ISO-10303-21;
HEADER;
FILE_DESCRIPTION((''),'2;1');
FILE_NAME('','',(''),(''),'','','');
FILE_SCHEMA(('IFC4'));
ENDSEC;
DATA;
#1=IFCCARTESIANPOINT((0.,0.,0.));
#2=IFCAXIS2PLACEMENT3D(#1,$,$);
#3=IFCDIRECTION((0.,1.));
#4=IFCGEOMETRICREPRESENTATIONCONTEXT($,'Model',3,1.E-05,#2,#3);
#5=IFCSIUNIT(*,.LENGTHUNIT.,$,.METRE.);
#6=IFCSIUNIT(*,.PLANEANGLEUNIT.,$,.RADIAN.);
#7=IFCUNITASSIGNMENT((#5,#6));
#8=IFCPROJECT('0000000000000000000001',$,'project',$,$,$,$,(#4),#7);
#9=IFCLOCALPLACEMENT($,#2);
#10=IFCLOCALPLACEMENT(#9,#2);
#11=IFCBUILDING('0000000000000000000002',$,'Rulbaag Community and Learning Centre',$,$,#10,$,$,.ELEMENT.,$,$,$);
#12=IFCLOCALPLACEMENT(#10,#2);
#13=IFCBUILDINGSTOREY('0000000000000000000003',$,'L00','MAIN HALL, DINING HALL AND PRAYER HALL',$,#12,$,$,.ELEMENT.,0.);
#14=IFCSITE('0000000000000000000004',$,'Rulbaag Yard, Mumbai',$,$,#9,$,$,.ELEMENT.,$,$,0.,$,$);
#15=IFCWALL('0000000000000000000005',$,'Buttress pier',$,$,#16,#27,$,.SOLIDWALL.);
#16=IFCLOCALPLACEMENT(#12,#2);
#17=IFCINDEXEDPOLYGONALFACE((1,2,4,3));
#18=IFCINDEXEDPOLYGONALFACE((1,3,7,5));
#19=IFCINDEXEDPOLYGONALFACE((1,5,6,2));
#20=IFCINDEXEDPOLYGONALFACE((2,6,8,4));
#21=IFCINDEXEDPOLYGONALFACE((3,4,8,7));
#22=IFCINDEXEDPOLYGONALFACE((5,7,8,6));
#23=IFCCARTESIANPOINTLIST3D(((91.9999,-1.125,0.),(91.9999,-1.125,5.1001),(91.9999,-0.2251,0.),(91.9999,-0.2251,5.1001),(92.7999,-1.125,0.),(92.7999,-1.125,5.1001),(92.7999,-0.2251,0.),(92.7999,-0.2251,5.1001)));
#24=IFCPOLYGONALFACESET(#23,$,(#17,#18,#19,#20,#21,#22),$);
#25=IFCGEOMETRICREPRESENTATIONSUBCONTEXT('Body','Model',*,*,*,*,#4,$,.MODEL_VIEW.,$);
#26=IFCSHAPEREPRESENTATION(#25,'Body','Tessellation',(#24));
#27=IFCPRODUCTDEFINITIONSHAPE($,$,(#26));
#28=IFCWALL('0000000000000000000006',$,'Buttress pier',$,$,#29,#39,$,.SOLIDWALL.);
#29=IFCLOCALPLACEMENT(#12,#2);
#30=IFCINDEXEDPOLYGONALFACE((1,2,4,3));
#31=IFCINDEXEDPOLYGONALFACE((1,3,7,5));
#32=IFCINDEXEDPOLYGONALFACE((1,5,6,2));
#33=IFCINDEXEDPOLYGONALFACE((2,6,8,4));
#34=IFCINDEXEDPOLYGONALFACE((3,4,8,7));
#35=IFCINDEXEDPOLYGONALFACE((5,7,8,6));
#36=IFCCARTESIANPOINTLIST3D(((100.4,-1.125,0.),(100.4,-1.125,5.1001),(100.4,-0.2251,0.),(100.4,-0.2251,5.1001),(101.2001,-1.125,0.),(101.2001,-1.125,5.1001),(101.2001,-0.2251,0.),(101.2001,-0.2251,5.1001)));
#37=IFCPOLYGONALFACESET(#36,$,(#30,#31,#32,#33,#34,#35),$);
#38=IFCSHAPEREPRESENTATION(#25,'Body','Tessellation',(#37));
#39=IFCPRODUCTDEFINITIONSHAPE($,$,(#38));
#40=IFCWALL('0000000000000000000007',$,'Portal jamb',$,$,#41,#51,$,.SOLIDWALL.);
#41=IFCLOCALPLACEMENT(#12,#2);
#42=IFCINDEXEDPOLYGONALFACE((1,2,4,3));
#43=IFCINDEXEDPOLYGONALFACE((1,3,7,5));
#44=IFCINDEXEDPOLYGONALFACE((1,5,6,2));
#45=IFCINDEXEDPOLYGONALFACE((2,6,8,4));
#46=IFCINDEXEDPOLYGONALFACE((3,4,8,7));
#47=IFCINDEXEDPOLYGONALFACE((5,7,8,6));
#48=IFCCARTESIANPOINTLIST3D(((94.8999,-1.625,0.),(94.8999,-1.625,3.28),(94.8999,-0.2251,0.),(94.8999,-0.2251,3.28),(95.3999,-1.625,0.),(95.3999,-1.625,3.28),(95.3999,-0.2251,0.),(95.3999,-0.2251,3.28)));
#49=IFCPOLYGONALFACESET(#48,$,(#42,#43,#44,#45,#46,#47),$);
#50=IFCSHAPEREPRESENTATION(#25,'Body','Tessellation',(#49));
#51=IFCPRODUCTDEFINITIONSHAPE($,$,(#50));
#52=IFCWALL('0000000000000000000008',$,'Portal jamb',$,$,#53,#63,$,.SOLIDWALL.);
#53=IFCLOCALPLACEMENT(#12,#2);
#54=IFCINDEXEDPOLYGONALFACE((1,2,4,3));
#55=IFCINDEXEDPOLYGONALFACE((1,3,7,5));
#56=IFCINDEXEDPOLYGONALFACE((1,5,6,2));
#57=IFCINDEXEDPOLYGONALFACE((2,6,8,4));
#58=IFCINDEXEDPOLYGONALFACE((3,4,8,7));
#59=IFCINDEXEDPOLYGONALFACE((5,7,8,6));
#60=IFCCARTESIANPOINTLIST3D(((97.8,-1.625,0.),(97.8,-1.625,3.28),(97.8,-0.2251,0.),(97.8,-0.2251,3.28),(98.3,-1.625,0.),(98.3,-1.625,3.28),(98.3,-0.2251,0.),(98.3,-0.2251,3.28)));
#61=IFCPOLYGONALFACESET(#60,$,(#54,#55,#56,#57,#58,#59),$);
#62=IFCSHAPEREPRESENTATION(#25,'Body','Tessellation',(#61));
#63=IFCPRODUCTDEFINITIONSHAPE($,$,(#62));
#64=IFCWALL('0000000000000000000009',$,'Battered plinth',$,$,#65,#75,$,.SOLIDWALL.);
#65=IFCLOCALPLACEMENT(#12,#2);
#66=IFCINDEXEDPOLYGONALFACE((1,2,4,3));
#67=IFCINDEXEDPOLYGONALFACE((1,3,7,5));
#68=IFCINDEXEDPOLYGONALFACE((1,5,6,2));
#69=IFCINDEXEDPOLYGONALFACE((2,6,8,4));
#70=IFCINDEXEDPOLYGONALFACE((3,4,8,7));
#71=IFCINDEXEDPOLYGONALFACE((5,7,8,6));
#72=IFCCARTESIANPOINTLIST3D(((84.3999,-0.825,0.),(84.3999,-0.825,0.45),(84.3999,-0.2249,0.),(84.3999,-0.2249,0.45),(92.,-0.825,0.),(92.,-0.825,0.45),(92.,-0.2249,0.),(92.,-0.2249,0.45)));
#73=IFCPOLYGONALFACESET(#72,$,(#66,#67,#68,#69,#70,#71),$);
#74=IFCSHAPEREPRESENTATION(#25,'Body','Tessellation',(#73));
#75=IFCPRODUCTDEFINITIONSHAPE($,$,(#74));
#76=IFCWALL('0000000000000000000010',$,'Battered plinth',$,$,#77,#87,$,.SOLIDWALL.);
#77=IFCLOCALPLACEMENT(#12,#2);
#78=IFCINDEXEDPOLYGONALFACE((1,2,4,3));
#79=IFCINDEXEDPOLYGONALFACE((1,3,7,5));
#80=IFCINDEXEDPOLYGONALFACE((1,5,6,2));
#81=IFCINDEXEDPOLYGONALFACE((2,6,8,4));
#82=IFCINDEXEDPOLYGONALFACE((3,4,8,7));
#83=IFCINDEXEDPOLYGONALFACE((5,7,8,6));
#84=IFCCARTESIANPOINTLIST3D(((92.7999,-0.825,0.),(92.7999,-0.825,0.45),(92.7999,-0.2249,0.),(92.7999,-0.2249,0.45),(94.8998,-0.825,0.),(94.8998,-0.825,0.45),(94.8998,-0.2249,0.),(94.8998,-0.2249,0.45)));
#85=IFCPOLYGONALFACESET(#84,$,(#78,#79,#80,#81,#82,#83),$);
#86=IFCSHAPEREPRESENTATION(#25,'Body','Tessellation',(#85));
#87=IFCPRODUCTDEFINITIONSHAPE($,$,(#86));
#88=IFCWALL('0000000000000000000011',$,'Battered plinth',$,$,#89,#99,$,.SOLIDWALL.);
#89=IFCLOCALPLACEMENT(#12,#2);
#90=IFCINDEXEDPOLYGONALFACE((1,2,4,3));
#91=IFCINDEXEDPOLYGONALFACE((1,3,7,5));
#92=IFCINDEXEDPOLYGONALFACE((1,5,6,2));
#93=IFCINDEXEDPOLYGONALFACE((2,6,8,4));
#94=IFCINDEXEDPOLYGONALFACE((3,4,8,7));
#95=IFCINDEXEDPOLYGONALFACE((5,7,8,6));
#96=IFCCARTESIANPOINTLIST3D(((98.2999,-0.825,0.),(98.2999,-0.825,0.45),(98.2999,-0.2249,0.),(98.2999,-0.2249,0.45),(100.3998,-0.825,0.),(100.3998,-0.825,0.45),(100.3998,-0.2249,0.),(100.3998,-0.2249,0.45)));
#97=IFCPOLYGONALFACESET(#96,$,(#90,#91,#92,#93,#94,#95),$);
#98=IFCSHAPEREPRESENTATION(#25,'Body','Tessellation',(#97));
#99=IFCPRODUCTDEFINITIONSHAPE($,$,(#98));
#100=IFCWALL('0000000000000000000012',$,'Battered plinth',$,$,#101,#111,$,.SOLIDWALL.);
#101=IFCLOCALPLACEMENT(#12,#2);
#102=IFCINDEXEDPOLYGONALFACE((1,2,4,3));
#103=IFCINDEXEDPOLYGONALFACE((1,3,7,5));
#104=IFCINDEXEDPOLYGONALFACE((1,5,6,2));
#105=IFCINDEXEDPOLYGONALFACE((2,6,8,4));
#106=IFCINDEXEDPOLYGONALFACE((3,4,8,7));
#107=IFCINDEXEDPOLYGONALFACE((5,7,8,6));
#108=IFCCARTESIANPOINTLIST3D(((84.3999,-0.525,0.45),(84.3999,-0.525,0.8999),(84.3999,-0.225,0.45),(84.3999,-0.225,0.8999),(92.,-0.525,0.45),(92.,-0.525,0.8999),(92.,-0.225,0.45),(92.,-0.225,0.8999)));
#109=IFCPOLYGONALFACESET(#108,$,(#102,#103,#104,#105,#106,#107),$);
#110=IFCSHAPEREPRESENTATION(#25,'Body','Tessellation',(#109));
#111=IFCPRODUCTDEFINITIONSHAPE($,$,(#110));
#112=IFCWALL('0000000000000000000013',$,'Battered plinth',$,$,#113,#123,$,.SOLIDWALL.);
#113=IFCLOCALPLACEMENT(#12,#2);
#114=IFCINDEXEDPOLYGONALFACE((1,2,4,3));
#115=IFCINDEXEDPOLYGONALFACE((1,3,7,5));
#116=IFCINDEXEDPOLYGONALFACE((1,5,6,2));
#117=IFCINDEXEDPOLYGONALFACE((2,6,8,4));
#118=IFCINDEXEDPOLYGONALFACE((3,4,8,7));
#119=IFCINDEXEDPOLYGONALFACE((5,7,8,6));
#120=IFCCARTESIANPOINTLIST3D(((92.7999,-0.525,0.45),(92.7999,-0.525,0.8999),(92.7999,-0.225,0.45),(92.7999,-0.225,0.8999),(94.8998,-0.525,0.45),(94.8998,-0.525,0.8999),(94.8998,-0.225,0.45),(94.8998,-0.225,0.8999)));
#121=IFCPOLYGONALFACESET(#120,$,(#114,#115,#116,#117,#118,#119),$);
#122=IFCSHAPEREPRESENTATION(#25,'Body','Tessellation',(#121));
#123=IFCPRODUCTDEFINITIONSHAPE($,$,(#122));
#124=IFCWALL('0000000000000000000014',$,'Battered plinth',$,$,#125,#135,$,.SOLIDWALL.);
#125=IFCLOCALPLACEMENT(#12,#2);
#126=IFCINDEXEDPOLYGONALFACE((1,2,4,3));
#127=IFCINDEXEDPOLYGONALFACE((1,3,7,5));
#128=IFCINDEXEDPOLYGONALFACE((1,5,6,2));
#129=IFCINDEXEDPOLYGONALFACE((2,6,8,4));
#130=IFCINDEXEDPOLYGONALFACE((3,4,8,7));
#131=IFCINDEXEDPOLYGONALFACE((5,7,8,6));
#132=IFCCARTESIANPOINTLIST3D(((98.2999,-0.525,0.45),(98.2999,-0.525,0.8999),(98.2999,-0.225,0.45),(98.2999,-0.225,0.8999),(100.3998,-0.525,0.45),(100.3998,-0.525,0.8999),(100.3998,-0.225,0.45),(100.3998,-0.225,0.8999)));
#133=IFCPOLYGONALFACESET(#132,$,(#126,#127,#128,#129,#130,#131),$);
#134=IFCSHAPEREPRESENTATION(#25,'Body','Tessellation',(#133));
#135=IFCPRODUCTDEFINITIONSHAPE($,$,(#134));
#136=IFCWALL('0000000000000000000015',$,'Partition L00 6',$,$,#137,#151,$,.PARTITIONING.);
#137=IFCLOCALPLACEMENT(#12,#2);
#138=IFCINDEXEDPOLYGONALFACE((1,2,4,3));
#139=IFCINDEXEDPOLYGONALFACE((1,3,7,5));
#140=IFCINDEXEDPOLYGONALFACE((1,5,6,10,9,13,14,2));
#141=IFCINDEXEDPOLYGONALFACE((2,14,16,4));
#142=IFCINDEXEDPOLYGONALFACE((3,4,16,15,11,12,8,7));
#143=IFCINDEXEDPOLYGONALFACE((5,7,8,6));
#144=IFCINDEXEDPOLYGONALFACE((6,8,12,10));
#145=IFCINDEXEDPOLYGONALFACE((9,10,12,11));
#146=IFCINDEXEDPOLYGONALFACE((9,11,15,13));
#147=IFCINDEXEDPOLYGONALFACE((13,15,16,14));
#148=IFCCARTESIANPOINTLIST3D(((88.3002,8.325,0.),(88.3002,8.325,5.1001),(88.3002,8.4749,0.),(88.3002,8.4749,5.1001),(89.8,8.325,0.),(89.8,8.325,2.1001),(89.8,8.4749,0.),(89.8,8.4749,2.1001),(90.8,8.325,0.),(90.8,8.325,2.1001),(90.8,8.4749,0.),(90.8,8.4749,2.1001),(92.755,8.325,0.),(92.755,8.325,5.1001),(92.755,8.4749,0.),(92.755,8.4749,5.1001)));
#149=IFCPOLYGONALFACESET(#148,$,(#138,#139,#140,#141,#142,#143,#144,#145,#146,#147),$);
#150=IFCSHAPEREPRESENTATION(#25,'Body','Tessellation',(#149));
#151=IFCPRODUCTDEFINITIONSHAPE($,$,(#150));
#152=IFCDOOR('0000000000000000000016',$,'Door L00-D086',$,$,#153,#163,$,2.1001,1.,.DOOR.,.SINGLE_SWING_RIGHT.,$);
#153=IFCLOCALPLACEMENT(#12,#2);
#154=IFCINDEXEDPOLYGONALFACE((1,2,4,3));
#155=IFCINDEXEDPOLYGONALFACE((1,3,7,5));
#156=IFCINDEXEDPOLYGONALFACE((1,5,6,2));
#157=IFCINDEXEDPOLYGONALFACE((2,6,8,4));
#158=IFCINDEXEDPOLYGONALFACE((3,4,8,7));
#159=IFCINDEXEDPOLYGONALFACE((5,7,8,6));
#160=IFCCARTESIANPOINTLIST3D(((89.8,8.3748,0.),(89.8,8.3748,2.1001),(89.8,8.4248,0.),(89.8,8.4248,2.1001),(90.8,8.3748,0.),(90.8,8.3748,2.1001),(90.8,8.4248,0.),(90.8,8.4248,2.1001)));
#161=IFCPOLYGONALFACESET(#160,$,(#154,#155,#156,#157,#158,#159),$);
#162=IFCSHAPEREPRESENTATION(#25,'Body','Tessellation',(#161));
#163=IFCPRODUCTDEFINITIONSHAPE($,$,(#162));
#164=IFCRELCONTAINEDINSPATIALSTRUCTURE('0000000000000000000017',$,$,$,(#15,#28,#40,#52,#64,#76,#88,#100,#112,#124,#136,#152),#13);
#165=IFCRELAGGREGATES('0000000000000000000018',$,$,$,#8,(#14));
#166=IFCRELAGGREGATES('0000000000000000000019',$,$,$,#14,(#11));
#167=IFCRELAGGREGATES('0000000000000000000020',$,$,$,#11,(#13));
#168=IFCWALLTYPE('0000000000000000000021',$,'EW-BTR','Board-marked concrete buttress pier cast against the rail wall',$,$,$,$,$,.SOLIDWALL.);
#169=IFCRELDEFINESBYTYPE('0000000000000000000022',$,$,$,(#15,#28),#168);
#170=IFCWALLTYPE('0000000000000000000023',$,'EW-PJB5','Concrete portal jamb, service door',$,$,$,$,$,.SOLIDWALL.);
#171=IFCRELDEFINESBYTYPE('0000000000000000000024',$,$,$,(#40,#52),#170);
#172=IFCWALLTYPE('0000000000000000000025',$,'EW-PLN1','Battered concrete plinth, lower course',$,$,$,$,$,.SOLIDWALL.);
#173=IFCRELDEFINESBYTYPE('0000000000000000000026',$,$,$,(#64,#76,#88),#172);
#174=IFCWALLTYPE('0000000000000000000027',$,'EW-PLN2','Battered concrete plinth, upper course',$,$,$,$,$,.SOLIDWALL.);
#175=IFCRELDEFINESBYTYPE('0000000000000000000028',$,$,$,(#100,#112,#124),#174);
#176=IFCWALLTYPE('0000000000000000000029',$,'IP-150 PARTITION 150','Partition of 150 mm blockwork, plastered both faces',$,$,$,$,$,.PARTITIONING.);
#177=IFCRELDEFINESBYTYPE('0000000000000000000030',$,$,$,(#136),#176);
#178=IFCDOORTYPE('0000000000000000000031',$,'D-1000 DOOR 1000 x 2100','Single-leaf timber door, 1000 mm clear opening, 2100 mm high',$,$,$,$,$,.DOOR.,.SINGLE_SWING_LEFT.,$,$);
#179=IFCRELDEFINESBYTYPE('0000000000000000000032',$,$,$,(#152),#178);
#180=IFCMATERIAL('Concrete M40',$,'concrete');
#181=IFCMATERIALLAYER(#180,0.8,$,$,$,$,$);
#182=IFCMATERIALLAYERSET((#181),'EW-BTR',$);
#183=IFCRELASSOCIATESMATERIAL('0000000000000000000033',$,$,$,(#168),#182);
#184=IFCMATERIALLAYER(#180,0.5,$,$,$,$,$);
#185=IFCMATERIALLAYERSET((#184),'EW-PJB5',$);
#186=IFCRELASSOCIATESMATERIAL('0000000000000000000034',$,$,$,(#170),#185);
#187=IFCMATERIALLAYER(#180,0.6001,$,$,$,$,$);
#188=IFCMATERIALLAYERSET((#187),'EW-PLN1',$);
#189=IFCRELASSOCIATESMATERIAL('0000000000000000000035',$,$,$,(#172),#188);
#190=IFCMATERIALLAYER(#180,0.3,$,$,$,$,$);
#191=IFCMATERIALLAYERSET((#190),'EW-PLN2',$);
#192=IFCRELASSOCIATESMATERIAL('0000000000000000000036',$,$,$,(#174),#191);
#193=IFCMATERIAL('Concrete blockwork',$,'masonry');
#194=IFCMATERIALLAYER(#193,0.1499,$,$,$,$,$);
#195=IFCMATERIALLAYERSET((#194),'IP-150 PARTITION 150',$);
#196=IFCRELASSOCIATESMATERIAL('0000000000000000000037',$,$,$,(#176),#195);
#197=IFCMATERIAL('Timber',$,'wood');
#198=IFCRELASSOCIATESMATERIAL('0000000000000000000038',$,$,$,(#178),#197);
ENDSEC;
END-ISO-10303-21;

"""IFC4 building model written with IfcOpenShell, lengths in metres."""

from ifc_helpers import new_model, si_unit, direction, frame, frame_2d, origin, place, context, subcontext, project, spatial, rectangle, extrude, material, layer, layer_set, type_object, element, fill, save


model = new_model("IFC4")

# Units and contexts
model_context = context("Model", 3, precision=1e-05, world=origin(), true_north=direction((0.0, 1.0)))
body_context = subcontext(model_context, "Body", "Model", "MODEL_VIEW")
ifc_project = project(units=[si_unit("LENGTHUNIT", "METRE"), si_unit("PLANEANGLEUNIT", "RADIAN")], contexts=[model_context])

# Site, building, storey
site_placement = place(None, origin())
site = spatial("IfcSite", under=ifc_project, at=site_placement, Name="Rulbaag Yard, Mumbai", CompositionType="ELEMENT", RefElevation=0.0)
building_placement = place(site_placement, origin())
building = spatial("IfcBuilding", under=site, at=building_placement, Name="Rulbaag Community and Learning Centre", CompositionType="ELEMENT")
storey_placement = place(building_placement, origin())
storey = spatial("IfcBuildingStorey", under=building, at=storey_placement, Name="L00", Description="MAIN HALL, DINING HALL AND PRAYER HALL", CompositionType="ELEMENT", Elevation=0.0)

# Shared definitions
ifc_material_1 = material(Name="Concrete M40", Category="concrete")

# Walls
ifc_layer_1 = layer(ifc_material_1, 0.8)
ifc_layer_set_1 = layer_set([ifc_layer_1], Name="EW-BTR")
wall_type_1 = type_object("IfcWallType", Name="EW-BTR", Description="Board-marked concrete buttress pier cast against the rail wall", PredefinedType="SOLIDWALL", material=ifc_layer_set_1)
for number, where, z_axis, x_axis, name in (
    (1, (92.3999, -0.2251, 0.0), (0.0, 0.0, 1.0), (0.0, -1.0, 0.0), "Buttress pier"),
    (2, (100.8, -0.2251, 0.0), (0.0, 0.0, 1.0), (0.0, -1.0, 0.0), "Buttress pier"),
):
    element("IfcWall", number, at=place(storey_placement, frame(where, z_axis=z_axis, x_axis=x_axis)), inside=storey, type_object=wall_type_1, Name=name, PredefinedType="SOLIDWALL", context=body_context, shape_type="SweptSolid", body=[
        extrude(rectangle(XDim=0.8999, YDim=0.8, at=frame_2d((0.45, 0.0))), origin(), (0.0, 0.0, 1.0), 5.1001),
    ])
ifc_layer_2 = layer(ifc_material_1, 0.5)
ifc_layer_set_2 = layer_set([ifc_layer_2], Name="EW-PJB5")
wall_type_2 = type_object("IfcWallType", Name="EW-PJB5", Description="Concrete portal jamb, service door", PredefinedType="SOLIDWALL", material=ifc_layer_set_2)
for number, where, z_axis, x_axis, name in (
    (3, (95.1499, -0.2251, 0.0), (0.0, 0.0, 1.0), (0.0, -1.0, 0.0), "Portal jamb"),
    (4, (98.05, -0.2251, 0.0), (0.0, 0.0, 1.0), (0.0, -1.0, 0.0), "Portal jamb"),
):
    element("IfcWall", number, at=place(storey_placement, frame(where, z_axis=z_axis, x_axis=x_axis)), inside=storey, type_object=wall_type_2, Name=name, PredefinedType="SOLIDWALL", context=body_context, shape_type="SweptSolid", body=[
        extrude(rectangle(XDim=1.3999, YDim=0.5, at=frame_2d((0.7, 0.0))), origin(), (0.0, 0.0, 1.0), 3.28),
    ])
ifc_layer_3 = layer(ifc_material_1, 0.6001)
ifc_layer_set_3 = layer_set([ifc_layer_3], Name="EW-PLN1")
wall_type_3 = type_object("IfcWallType", Name="EW-PLN1", Description="Battered concrete plinth, lower course", PredefinedType="SOLIDWALL", material=ifc_layer_set_3)
wall_1_placement = place(storey_placement, frame((84.3999, -0.5249, 0.0), z_axis=(0.0, 0.0, 1.0), x_axis=(1.0, 0.0, 0.0)))
element("IfcWall", 5, at=wall_1_placement, inside=storey, type_object=wall_type_3, Name="Battered plinth", PredefinedType="SOLIDWALL", context=body_context, shape_type="SweptSolid", body=[
    extrude(rectangle(XDim=7.6001, YDim=0.6001, at=frame_2d((3.8, 0.0))), origin(), (0.0, 0.0, 1.0), 0.45),
])
for number, where, z_axis, x_axis, name in (
    (6, (92.8, -0.5249, 0.0), (0.0, 0.0, 1.0), (1.0, 0.0, 0.0), "Battered plinth"),
    (7, (98.3, -0.5249, 0.0), (0.0, 0.0, 1.0), (1.0, 0.0, 0.0), "Battered plinth"),
):
    element("IfcWall", number, at=place(storey_placement, frame(where, z_axis=z_axis, x_axis=x_axis)), inside=storey, type_object=wall_type_3, Name=name, PredefinedType="SOLIDWALL", context=body_context, shape_type="SweptSolid", body=[
        extrude(rectangle(XDim=2.0999, YDim=0.6001, at=frame_2d((1.0498, 0.0))), origin(), (0.0, 0.0, 1.0), 0.45),
    ])
ifc_layer_4 = layer(ifc_material_1, 0.3)
ifc_layer_set_4 = layer_set([ifc_layer_4], Name="EW-PLN2")
wall_type_4 = type_object("IfcWallType", Name="EW-PLN2", Description="Battered concrete plinth, upper course", PredefinedType="SOLIDWALL", material=ifc_layer_set_4)
wall_2_placement = place(storey_placement, frame((84.3999, -0.375, 0.45), z_axis=(0.0, 0.0, 1.0), x_axis=(1.0, 0.0, 0.0)))
element("IfcWall", 8, at=wall_2_placement, inside=storey, type_object=wall_type_4, Name="Battered plinth", PredefinedType="SOLIDWALL", context=body_context, shape_type="SweptSolid", body=[
    extrude(rectangle(XDim=7.6001, YDim=0.3, at=frame_2d((3.8, 0.0))), origin(), (0.0, 0.0, 1.0), 0.45),
])
for number, where, z_axis, x_axis, name in (
    (9, (92.8, -0.375, 0.45), (0.0, 0.0, 1.0), (1.0, 0.0, 0.0), "Battered plinth"),
    (10, (98.3, -0.375, 0.45), (0.0, 0.0, 1.0), (1.0, 0.0, 0.0), "Battered plinth"),
):
    element("IfcWall", number, at=place(storey_placement, frame(where, z_axis=z_axis, x_axis=x_axis)), inside=storey, type_object=wall_type_4, Name=name, PredefinedType="SOLIDWALL", context=body_context, shape_type="SweptSolid", body=[
        extrude(rectangle(XDim=2.0999, YDim=0.3, at=frame_2d((1.0498, 0.0))), origin(), (0.0, 0.0, 1.0), 0.45),
    ])

# Wall, opening, door
ifc_material_2 = material(Name="Concrete blockwork", Category="masonry")
ifc_layer_5 = layer(ifc_material_2, 0.1499)
ifc_layer_set_5 = layer_set([ifc_layer_5], Name="IP-150 PARTITION 150")
wall_type_5 = type_object("IfcWallType", Name="IP-150 PARTITION 150", Description="Partition of 150 mm blockwork, plastered both faces", PredefinedType="PARTITIONING", material=ifc_layer_set_5)
wall_3_placement = place(storey_placement, frame((88.3, 8.3999, 0.0), z_axis=(0.0, 0.0, 1.0), x_axis=(1.0, 0.0, 0.0)))
wall_3 = element("IfcWall", 11, at=wall_3_placement, inside=storey, type_object=wall_type_5, Name="Partition L00 6", PredefinedType="PARTITIONING", context=body_context, shape_type="SweptSolid", body=[
    extrude(rectangle(XDim=4.4548, YDim=0.1499, at=frame_2d((2.2275, 0.0))), origin(), (0.0, 0.0, 1.0), 5.1001),
])
opening_1_placement = place(wall_3_placement, frame((1.5, 0.0, 0.0)))
opening_1 = element("IfcOpeningElement", 12, at=opening_1_placement, cuts=wall_3, PredefinedType="OPENING", context=body_context, shape_type="SweptSolid", body=[
    extrude(rectangle(XDim=1.0, YDim=2.1001, at=frame_2d((0.5, 1.05))), frame((0.0, 0.085, 0.0), z_axis=(0.0, -1.0, 0.0), x_axis=(1.0, 0.0, 0.0)), (0.0, 0.0, 1.0), 0.1699),
])
ifc_material_3 = material(Name="Timber", Category="wood")
door_type_1 = type_object("IfcDoorType", Name="D-1000 DOOR 1000 x 2100", Description="Single-leaf timber door, 1000 mm clear opening, 2100 mm high", OperationType="SINGLE_SWING_LEFT", PredefinedType="DOOR", material=ifc_material_3)
door_1_placement = place(opening_1_placement, origin())
door_1 = element("IfcDoor", 13, at=door_1_placement, inside=storey, type_object=door_type_1, Name="Door L00-D086", OperationType="SINGLE_SWING_RIGHT", OverallHeight=2.1001, OverallWidth=1.0, PredefinedType="DOOR", context=body_context, shape_type="SweptSolid", body=[
    extrude(rectangle(XDim=1.0, YDim=2.1001, at=frame_2d((0.5, 1.05))), frame((0.0, 0.0249, 0.0), z_axis=(0.0, -1.0, 0.0), x_axis=(1.0, 0.0, 0.0)), (0.0, 0.0, 1.0), 0.05),
])
fill(opening_1, door_1)

save(model, "model.ifc")
